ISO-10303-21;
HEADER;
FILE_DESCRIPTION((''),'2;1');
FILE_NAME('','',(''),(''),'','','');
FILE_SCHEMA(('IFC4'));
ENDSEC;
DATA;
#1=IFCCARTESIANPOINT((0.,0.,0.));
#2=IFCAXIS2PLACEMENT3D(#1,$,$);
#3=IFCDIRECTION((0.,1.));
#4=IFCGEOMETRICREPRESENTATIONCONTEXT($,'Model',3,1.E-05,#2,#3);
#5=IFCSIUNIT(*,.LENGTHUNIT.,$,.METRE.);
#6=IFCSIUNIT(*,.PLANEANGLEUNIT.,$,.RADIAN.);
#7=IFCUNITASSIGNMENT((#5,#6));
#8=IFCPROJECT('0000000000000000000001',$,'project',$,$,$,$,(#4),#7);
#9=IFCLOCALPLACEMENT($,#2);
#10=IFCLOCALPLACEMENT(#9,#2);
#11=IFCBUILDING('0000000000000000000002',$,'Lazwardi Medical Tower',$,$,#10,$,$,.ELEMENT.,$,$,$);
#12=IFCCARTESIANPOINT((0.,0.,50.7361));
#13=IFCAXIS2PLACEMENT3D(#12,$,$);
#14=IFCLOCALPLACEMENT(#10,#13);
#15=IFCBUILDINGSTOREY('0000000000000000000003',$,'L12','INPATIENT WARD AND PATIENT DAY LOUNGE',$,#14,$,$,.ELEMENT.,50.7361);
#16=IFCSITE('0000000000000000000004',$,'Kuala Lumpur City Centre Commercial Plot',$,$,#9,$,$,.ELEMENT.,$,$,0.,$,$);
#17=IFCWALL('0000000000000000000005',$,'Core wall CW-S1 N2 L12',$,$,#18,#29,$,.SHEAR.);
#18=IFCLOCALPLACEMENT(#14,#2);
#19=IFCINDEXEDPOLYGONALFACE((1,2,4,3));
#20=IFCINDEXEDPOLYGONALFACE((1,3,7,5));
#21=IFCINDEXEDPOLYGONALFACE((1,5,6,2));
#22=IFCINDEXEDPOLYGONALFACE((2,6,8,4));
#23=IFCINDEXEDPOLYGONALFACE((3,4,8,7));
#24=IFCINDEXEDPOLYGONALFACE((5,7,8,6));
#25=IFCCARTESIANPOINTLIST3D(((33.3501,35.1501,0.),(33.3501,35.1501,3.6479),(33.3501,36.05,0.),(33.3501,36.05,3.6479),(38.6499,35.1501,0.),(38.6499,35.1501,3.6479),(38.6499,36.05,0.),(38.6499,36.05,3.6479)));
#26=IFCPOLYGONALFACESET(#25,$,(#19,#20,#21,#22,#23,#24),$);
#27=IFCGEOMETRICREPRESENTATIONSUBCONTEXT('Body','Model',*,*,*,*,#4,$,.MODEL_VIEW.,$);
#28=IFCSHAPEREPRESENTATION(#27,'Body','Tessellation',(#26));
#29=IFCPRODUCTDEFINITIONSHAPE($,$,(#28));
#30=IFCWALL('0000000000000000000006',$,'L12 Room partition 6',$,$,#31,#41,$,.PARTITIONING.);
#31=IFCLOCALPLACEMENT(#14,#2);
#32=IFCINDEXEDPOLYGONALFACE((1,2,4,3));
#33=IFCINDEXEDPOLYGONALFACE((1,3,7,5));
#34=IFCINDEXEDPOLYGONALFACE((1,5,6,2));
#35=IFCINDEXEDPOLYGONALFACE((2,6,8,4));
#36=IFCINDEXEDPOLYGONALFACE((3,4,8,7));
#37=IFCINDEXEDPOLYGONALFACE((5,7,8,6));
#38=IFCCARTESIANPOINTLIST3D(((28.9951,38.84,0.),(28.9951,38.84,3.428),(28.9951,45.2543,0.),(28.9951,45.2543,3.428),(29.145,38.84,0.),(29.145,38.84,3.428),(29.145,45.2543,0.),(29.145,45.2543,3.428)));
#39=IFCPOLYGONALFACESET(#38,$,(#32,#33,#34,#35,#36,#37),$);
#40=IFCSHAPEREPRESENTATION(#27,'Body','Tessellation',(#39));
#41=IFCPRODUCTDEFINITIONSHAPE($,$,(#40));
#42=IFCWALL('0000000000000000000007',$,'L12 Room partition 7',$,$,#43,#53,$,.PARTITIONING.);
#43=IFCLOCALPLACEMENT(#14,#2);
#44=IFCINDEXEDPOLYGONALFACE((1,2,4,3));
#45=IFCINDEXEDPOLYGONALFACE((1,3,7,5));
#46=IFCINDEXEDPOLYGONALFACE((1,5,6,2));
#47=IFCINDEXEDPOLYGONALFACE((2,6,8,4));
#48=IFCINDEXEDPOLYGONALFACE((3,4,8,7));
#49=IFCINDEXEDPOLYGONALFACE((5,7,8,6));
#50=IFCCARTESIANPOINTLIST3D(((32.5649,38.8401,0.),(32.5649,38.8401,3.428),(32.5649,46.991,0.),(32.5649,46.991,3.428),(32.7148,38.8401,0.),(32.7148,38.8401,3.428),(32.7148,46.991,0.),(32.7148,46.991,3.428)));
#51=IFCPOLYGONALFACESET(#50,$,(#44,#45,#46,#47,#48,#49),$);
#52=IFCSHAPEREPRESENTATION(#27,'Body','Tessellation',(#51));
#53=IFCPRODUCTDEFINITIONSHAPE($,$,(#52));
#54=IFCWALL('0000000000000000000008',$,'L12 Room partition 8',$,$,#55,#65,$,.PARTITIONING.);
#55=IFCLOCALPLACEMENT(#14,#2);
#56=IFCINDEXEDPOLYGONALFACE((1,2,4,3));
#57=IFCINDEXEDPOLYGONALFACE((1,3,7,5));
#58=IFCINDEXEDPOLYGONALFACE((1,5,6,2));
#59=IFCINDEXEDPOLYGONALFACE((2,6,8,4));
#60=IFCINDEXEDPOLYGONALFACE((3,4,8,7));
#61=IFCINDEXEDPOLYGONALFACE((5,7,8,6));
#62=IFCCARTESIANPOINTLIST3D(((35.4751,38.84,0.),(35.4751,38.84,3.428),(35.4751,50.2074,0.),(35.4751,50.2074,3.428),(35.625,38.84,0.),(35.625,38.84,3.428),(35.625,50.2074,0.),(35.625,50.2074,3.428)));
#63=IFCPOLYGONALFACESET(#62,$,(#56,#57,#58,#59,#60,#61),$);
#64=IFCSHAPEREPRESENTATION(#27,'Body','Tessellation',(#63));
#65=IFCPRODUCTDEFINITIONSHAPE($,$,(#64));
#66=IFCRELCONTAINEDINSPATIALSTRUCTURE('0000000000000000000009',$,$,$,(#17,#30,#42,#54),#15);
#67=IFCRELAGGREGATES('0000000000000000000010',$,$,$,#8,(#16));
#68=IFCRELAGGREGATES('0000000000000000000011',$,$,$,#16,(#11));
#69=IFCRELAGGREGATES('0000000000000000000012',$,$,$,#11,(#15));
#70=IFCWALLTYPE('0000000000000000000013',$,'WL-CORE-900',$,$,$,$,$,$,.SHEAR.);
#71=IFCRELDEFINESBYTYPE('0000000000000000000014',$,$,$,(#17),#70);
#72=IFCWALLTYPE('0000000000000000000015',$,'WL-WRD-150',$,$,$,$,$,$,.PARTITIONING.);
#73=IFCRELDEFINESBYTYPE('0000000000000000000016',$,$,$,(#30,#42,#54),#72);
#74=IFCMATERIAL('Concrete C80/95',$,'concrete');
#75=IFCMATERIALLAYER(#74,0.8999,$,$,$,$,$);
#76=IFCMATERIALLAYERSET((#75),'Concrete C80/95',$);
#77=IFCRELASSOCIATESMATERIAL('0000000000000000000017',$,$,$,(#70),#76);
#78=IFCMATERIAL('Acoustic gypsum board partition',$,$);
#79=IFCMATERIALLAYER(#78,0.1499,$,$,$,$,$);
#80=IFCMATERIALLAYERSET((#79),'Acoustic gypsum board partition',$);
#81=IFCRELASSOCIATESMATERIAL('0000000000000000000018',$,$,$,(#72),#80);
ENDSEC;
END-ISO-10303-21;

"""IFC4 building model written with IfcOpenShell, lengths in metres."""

from ifc_helpers import new_model, si_unit, direction, frame, frame_2d, origin, place, context, subcontext, project, spatial, rectangle, extrude, material, layer, layer_set, type_object, element, save


model = new_model("IFC4")

# Units and contexts
model_context = context("Model", 3, precision=1e-05, world=origin(), true_north=direction((0.0, 1.0)))
body_context = subcontext(model_context, "Body", "Model", "MODEL_VIEW")
ifc_project = project(units=[si_unit("LENGTHUNIT", "METRE"), si_unit("PLANEANGLEUNIT", "RADIAN")], contexts=[model_context])

# Site, building, storey
site_placement = place(None, origin())
site = spatial("IfcSite", under=ifc_project, at=site_placement, Name="Kuala Lumpur City Centre Commercial Plot", CompositionType="ELEMENT", RefElevation=0.0)
building_placement = place(site_placement, origin())
building = spatial("IfcBuilding", under=site, at=building_placement, Name="Lazwardi Medical Tower", CompositionType="ELEMENT")
storey_placement = place(building_placement, frame((0.0, 0.0, 50.7361)))
storey = spatial("IfcBuildingStorey", under=building, at=storey_placement, Name="L12", Description="INPATIENT WARD AND PATIENT DAY LOUNGE", CompositionType="ELEMENT", Elevation=50.7361)

# Shared definitions
ifc_material_1 = material(Name="Concrete C80/95", Category="concrete")

# Walls
ifc_layer_1 = layer(ifc_material_1, 0.8999)
ifc_layer_set_1 = layer_set([ifc_layer_1], Name="Concrete C80/95")
wall_type_1 = type_object("IfcWallType", Name="WL-CORE-900", PredefinedType="SHEAR", material=ifc_layer_set_1)
wall_1_placement = place(storey_placement, frame((33.3501, 35.6001, 0.0), z_axis=(0.0, 0.0, 1.0), x_axis=(1.0, 0.0, 0.0)))
element("IfcWall", 1, at=wall_1_placement, inside=storey, type_object=wall_type_1, Name="Core wall CW-S1 N2 L12", PredefinedType="SHEAR", context=body_context, shape_type="SweptSolid", body=[
    extrude(rectangle(XDim=5.2998, YDim=0.8999, at=frame_2d((2.6499, 0.0))), origin(), (0.0, 0.0, 1.0), 3.6479),
])
ifc_material_2 = material(Name="Acoustic gypsum board partition")
ifc_layer_2 = layer(ifc_material_2, 0.1499)
ifc_layer_set_2 = layer_set([ifc_layer_2], Name="Acoustic gypsum board partition")
wall_type_2 = type_object("IfcWallType", Name="WL-WRD-150", PredefinedType="PARTITIONING", material=ifc_layer_set_2)
wall_2_placement = place(storey_placement, frame((29.0701, 38.8401, 0.0), z_axis=(0.0, 0.0, 1.0), x_axis=(0.0, 1.0, 0.0)))
element("IfcWall", 2, at=wall_2_placement, inside=storey, type_object=wall_type_2, Name="L12 Room partition 6", PredefinedType="PARTITIONING", context=body_context, shape_type="SweptSolid", body=[
    extrude(rectangle(XDim=6.4143, YDim=0.1499, at=frame_2d((3.207, 0.0))), origin(), (0.0, 0.0, 1.0), 3.428),
])
wall_3_placement = place(storey_placement, frame((32.6399, 38.8401, 0.0), z_axis=(0.0, 0.0, 1.0), x_axis=(0.0, 1.0, 0.0)))
element("IfcWall", 3, at=wall_3_placement, inside=storey, type_object=wall_type_2, Name="L12 Room partition 7", PredefinedType="PARTITIONING", context=body_context, shape_type="SweptSolid", body=[
    extrude(rectangle(XDim=8.1509, YDim=0.1499, at=frame_2d((4.0754, 0.0))), origin(), (0.0, 0.0, 1.0), 3.428),
])
wall_4_placement = place(storey_placement, frame((35.55, 38.8401, 0.0), z_axis=(0.0, 0.0, 1.0), x_axis=(0.0, 1.0, 0.0)))
element("IfcWall", 4, at=wall_4_placement, inside=storey, type_object=wall_type_2, Name="L12 Room partition 8", PredefinedType="PARTITIONING", context=body_context, shape_type="SweptSolid", body=[
    extrude(rectangle(XDim=11.3674, YDim=0.1499, at=frame_2d((5.6836, 0.0))), origin(), (0.0, 0.0, 1.0), 3.428),
])

save(model, "model.ifc")
